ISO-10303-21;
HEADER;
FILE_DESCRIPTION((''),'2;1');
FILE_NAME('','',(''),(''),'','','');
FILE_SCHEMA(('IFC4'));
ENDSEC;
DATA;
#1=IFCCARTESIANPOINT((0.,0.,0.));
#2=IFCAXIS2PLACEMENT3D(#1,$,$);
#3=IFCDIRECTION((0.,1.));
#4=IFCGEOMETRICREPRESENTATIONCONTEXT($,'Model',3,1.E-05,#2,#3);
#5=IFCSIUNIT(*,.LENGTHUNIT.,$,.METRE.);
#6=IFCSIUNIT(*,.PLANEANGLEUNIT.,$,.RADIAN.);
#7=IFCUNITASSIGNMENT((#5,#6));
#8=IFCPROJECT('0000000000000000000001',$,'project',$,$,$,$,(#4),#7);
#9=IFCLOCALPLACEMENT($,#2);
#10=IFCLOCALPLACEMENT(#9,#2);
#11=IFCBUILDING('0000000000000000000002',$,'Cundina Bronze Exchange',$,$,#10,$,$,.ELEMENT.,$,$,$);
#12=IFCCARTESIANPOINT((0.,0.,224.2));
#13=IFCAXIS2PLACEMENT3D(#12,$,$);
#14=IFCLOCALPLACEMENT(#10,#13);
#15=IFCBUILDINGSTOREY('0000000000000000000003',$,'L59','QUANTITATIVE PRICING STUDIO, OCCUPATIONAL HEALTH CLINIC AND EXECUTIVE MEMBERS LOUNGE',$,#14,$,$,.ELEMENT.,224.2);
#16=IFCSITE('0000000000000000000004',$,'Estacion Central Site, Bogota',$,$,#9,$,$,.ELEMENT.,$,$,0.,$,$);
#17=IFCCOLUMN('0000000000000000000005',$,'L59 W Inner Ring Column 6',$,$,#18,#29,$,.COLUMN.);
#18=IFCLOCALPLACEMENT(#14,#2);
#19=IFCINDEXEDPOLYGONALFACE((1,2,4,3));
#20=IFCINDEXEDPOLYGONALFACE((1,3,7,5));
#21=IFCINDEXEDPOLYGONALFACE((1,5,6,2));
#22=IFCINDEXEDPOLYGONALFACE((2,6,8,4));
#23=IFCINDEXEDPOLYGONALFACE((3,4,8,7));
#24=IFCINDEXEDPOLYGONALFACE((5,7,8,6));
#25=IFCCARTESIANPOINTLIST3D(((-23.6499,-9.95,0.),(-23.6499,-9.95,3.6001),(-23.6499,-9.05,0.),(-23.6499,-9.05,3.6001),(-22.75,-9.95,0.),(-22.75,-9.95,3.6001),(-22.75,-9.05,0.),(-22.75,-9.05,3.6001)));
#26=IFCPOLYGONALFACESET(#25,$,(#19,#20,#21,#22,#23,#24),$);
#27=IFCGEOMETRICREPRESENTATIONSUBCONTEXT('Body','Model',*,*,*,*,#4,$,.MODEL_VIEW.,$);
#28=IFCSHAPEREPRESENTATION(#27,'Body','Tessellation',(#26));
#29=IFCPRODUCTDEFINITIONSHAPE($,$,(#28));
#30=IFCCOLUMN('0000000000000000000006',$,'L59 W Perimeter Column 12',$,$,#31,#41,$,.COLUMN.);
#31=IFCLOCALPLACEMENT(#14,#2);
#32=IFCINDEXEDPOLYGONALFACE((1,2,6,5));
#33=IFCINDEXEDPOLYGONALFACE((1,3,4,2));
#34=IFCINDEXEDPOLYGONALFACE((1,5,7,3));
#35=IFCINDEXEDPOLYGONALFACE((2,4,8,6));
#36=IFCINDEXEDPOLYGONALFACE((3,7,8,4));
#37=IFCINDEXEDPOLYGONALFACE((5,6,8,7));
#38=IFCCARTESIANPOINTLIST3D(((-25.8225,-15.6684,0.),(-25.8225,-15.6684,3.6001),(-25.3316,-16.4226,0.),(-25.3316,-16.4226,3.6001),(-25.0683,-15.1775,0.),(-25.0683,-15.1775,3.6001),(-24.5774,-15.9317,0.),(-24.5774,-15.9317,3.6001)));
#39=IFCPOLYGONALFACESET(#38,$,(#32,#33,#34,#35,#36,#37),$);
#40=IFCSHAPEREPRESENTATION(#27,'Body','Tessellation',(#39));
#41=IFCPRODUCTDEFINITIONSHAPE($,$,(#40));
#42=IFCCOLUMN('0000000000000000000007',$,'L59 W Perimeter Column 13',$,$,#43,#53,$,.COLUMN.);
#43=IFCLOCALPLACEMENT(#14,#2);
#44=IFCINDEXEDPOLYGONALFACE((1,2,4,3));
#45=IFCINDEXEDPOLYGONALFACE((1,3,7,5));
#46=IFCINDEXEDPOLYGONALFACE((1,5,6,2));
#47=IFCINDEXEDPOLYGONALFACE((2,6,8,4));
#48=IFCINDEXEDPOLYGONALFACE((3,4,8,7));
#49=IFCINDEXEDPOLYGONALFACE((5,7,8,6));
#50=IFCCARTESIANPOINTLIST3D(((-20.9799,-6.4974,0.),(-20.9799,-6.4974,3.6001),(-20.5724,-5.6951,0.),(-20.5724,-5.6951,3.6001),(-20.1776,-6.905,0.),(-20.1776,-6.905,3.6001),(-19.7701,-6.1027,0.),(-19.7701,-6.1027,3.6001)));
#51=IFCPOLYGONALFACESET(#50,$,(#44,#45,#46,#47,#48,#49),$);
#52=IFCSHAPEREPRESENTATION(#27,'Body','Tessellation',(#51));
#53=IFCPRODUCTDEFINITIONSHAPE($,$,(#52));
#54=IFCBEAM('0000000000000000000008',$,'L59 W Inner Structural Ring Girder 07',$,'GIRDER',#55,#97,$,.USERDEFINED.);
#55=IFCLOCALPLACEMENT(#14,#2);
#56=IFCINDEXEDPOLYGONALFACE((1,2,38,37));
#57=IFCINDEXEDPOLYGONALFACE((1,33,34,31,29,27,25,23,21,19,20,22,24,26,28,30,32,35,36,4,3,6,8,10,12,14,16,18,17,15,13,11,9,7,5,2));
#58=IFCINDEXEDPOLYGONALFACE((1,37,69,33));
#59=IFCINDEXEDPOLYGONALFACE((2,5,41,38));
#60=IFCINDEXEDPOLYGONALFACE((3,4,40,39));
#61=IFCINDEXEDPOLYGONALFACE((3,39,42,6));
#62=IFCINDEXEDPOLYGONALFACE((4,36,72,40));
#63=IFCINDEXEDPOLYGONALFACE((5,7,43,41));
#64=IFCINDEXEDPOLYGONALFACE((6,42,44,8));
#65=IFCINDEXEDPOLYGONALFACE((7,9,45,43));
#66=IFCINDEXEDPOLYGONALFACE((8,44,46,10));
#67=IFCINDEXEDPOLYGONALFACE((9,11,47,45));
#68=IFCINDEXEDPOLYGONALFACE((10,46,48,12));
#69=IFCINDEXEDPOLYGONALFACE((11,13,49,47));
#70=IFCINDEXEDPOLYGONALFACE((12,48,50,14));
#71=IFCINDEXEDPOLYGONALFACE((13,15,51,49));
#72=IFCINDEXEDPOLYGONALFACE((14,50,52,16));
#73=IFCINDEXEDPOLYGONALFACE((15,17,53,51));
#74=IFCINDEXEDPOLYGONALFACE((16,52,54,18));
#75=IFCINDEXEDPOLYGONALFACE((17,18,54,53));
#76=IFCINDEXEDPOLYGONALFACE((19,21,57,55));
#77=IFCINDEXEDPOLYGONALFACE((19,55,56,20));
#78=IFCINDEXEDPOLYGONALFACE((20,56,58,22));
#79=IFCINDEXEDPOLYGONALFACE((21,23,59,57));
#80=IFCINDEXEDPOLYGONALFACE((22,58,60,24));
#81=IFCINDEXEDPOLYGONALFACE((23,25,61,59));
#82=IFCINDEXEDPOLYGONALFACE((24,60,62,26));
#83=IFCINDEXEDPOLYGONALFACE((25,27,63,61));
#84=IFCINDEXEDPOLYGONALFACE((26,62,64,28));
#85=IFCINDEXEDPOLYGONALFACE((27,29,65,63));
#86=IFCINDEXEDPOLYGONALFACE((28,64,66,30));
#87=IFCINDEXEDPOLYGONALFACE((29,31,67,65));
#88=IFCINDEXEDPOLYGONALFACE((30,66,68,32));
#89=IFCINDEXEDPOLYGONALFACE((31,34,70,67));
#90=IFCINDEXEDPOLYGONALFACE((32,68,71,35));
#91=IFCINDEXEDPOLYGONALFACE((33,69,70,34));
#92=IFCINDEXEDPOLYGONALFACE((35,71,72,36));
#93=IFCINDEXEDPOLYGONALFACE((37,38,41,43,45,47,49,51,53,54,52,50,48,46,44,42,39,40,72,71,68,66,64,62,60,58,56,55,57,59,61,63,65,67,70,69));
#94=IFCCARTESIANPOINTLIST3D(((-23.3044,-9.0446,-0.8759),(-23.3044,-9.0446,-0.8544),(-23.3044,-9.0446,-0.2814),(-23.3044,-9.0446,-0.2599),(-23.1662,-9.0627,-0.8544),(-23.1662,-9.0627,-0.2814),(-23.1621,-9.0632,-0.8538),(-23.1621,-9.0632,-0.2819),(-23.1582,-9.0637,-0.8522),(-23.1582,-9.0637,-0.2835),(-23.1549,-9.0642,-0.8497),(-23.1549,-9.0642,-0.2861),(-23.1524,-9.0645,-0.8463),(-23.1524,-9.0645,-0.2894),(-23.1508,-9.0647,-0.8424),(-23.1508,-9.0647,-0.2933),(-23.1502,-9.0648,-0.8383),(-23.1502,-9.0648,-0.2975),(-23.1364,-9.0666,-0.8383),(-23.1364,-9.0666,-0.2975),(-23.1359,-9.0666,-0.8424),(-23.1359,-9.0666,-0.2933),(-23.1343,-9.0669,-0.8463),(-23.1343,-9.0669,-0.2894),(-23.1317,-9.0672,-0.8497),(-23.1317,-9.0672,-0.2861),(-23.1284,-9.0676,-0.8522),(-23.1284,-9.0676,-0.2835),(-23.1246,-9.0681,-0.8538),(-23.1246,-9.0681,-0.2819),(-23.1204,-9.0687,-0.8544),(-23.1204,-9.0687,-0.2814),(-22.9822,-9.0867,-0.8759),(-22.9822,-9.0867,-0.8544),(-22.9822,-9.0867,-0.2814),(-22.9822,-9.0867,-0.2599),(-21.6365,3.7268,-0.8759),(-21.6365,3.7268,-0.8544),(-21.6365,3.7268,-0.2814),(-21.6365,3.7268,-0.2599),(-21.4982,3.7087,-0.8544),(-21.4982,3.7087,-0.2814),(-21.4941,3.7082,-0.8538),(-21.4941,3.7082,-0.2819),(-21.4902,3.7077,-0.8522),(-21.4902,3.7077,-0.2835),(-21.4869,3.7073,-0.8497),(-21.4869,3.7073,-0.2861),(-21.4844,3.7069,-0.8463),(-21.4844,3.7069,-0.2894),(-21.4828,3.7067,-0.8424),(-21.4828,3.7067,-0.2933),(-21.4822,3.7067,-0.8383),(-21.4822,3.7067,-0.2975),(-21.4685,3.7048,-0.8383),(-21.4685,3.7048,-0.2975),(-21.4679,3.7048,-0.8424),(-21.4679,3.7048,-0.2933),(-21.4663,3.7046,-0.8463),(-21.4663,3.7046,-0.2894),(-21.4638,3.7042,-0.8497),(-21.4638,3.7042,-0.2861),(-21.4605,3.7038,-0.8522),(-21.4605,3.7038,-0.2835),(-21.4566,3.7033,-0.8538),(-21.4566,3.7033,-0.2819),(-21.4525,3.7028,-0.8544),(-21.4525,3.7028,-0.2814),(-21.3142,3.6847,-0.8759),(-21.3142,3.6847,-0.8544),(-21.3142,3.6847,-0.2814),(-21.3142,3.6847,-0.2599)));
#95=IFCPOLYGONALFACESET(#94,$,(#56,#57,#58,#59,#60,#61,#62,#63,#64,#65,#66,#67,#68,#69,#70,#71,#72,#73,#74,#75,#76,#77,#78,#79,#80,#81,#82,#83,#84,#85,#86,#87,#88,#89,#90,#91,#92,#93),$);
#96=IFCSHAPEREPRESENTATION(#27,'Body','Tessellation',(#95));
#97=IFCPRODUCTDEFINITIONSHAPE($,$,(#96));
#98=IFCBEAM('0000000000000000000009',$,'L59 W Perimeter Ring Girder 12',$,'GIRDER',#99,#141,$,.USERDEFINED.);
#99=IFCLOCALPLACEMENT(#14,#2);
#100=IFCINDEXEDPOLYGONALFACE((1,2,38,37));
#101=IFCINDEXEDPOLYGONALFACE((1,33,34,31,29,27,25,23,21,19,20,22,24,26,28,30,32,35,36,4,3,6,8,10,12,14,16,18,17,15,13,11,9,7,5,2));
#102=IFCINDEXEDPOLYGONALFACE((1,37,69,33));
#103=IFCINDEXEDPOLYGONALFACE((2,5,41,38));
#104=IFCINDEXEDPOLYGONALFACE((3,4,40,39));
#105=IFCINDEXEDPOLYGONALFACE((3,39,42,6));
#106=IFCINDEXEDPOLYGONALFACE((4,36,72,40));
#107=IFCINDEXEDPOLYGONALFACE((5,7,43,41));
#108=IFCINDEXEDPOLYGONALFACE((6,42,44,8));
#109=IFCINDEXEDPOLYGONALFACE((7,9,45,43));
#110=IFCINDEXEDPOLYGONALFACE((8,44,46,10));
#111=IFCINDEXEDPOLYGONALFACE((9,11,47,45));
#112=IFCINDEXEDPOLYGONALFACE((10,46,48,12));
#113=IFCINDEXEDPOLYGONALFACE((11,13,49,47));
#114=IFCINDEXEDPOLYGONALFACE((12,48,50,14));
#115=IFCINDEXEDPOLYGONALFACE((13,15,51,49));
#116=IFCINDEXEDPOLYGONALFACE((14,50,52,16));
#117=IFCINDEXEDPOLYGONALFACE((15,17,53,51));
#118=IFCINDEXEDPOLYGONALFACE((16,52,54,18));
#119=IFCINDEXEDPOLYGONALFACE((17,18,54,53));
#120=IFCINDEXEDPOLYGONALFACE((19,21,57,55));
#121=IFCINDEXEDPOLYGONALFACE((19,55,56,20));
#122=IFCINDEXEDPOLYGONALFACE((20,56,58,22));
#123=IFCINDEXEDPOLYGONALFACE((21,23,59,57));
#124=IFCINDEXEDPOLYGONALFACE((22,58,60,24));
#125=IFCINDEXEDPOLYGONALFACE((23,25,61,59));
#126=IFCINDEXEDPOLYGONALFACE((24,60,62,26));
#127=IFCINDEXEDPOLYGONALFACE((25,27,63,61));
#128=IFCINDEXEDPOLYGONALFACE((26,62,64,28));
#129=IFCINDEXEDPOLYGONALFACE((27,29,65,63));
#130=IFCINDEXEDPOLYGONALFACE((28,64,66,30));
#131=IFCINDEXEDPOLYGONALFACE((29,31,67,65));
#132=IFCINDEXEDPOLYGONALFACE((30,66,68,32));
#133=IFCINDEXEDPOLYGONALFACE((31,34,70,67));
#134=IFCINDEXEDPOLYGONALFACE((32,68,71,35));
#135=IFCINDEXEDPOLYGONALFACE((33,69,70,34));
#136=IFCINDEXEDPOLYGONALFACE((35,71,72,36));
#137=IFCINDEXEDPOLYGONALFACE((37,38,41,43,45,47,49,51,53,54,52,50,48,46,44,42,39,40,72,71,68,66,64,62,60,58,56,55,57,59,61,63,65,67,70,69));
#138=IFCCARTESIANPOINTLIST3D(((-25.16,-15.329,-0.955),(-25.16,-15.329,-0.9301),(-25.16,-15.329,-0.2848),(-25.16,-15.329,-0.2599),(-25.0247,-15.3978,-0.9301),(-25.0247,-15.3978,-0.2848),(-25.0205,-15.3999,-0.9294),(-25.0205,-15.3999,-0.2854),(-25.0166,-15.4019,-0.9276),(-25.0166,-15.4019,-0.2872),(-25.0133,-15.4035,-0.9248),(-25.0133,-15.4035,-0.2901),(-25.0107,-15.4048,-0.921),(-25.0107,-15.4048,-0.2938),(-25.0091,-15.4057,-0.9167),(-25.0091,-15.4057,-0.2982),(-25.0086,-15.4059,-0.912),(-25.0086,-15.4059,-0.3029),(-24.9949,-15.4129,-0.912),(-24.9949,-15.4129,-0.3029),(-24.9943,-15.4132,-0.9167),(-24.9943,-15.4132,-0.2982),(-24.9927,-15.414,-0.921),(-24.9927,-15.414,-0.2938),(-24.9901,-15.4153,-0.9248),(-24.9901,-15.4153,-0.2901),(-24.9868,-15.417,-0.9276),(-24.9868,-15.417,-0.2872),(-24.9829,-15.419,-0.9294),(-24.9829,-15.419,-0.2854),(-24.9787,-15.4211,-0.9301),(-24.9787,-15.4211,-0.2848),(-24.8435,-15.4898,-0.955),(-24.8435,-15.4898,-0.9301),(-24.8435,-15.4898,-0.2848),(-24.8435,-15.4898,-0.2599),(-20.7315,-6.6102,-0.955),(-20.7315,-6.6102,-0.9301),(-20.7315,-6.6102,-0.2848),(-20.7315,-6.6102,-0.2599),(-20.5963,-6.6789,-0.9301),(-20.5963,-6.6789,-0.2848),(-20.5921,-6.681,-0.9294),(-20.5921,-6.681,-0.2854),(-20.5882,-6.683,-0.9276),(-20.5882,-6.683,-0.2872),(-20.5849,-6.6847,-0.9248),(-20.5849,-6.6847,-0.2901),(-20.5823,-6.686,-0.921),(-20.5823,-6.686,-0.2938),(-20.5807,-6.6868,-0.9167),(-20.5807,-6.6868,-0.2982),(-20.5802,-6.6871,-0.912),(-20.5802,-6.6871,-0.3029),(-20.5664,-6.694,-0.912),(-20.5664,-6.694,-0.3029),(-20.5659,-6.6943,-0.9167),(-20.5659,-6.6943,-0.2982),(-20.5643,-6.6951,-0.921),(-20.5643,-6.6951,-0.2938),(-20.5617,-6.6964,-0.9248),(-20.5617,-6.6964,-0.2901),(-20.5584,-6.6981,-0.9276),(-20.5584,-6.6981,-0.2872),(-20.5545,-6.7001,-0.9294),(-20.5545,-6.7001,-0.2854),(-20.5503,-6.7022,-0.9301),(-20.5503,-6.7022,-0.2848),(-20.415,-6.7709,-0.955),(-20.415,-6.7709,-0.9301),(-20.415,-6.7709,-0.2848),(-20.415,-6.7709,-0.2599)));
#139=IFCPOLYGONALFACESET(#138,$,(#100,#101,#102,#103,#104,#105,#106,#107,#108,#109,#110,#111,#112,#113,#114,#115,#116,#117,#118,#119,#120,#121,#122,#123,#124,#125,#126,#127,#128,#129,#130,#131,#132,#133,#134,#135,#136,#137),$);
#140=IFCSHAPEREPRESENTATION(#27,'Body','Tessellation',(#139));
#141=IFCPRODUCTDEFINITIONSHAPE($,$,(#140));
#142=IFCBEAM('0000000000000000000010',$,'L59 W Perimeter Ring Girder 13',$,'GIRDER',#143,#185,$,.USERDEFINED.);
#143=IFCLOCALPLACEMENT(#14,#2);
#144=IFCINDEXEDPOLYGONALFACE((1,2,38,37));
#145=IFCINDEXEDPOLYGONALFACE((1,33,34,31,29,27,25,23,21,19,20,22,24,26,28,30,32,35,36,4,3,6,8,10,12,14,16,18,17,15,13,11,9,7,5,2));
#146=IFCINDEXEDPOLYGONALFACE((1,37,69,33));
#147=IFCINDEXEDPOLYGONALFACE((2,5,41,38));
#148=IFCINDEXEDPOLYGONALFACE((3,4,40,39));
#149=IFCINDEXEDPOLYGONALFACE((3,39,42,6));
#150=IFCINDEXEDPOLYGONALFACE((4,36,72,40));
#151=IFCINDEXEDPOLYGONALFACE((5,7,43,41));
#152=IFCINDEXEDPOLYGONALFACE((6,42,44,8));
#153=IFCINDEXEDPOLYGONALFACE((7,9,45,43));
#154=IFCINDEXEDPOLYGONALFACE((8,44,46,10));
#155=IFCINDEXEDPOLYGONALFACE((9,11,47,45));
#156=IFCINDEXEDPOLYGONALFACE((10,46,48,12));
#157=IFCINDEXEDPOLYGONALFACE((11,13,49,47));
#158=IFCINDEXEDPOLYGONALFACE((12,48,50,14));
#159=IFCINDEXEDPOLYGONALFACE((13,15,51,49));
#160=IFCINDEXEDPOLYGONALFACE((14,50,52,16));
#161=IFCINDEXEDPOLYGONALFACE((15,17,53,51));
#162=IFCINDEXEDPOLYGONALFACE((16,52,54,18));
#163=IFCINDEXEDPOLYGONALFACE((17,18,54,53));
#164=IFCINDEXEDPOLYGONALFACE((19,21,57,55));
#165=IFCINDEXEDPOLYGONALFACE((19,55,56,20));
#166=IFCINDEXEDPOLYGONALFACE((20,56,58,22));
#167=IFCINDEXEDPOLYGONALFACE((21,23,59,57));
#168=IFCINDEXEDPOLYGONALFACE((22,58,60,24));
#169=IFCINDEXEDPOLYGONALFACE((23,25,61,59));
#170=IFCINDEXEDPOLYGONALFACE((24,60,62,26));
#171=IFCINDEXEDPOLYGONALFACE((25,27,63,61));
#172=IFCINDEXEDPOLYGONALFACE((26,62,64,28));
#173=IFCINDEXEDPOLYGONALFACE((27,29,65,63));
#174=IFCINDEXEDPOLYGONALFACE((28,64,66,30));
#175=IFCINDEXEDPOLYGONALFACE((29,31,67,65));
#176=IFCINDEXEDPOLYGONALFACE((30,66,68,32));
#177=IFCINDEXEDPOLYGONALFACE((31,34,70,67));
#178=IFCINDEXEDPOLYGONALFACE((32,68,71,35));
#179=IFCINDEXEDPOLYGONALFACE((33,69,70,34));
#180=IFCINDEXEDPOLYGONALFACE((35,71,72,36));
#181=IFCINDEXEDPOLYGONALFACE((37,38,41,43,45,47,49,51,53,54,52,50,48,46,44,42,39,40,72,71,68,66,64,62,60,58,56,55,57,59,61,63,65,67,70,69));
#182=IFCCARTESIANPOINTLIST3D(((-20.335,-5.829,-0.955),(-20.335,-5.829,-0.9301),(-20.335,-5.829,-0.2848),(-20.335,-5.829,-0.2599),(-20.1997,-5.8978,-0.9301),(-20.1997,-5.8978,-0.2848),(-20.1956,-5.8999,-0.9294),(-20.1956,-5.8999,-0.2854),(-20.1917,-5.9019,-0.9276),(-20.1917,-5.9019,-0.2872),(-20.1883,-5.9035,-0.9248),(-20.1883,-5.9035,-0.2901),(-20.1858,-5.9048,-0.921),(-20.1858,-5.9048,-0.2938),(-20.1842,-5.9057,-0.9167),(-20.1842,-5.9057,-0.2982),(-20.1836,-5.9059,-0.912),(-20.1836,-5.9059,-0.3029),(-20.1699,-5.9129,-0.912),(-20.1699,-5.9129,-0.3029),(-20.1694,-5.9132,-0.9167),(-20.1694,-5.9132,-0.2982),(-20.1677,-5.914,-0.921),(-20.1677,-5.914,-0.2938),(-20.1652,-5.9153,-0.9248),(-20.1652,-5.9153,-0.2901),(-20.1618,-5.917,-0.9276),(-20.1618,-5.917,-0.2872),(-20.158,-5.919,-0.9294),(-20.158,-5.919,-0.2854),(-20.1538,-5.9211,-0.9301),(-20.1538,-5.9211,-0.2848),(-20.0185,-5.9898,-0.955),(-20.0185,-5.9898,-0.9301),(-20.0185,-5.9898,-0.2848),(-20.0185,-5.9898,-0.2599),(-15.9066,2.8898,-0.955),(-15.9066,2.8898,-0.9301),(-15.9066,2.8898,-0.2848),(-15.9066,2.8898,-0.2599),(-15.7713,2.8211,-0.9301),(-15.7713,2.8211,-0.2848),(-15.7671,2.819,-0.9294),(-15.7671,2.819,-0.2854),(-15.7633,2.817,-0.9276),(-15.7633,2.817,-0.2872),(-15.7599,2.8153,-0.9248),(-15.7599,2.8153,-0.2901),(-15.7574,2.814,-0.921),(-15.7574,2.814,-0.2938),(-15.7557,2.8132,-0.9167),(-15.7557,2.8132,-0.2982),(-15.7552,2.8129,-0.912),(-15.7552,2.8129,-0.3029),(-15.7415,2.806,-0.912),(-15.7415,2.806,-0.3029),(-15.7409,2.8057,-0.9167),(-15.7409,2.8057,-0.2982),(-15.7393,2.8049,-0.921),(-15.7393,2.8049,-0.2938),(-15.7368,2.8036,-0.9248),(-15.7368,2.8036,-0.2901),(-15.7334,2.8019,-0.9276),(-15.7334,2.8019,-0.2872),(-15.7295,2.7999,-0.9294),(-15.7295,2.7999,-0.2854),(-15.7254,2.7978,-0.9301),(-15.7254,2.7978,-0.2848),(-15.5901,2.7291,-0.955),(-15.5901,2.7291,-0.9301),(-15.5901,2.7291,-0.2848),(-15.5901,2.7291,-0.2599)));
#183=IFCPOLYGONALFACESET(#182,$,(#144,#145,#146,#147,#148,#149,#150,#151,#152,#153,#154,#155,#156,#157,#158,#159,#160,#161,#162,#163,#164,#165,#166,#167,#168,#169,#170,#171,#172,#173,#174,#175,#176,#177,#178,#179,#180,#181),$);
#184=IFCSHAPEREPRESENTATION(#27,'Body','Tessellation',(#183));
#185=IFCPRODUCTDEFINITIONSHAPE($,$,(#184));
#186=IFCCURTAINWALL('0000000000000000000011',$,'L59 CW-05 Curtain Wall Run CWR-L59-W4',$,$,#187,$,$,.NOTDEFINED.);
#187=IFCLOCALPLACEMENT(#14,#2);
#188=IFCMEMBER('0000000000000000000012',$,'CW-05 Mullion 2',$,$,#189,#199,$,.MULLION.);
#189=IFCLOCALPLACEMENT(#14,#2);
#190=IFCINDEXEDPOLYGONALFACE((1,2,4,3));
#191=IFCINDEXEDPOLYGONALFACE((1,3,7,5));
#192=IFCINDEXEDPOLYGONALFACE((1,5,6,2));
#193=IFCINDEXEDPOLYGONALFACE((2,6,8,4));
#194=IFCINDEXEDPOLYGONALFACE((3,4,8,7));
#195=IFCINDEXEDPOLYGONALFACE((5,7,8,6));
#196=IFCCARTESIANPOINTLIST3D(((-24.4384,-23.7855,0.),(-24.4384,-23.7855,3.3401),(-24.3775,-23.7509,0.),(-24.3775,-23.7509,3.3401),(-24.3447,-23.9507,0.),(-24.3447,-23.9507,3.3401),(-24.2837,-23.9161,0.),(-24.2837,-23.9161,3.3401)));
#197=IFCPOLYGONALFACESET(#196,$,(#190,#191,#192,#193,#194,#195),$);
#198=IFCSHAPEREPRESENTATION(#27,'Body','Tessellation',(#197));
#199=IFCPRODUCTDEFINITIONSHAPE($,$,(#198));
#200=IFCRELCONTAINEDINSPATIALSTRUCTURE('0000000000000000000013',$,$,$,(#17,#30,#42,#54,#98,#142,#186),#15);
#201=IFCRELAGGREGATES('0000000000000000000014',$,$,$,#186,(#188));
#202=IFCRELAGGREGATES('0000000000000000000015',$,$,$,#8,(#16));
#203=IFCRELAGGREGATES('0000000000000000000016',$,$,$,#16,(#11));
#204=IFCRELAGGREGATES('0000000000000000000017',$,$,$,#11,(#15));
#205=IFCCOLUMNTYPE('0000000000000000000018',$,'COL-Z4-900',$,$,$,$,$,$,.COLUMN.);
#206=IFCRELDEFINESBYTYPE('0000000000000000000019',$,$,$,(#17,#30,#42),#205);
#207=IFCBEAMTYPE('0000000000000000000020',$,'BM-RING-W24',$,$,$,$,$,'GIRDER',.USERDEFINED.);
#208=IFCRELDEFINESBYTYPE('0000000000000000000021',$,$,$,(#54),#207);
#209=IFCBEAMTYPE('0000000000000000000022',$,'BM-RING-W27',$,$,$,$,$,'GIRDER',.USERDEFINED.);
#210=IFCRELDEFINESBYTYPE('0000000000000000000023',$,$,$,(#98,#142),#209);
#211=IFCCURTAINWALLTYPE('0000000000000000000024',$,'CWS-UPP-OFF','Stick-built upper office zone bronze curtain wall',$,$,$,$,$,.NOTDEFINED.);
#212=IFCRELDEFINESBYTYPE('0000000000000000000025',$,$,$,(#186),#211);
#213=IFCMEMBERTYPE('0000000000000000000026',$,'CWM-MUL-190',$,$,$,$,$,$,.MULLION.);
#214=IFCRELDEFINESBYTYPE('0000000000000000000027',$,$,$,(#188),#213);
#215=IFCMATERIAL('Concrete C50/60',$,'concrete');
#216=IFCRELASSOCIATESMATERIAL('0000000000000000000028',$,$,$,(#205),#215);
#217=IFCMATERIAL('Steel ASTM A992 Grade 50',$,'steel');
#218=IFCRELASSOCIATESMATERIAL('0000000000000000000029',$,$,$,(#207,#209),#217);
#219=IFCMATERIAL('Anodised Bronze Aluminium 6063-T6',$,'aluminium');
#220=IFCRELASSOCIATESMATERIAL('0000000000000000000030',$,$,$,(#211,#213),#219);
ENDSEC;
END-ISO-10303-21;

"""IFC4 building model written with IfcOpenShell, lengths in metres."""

from ifc_helpers import new_model, si_unit, direction, frame, origin, origin_2d, place, context, subcontext, project, spatial, rectangle, i_section, extrude, material, material_profile, profile_set, type_object, element, aggregate, save


model = new_model("IFC4")

# Units and contexts
model_context = context("Model", 3, precision=1e-05, world=origin(), true_north=direction((0.0, 1.0)))
body_context = subcontext(model_context, "Body", "Model", "MODEL_VIEW")
ifc_project = project(units=[si_unit("LENGTHUNIT", "METRE"), si_unit("PLANEANGLEUNIT", "RADIAN")], contexts=[model_context])

# Site, building, storey
site_placement = place(None, origin())
site = spatial("IfcSite", under=ifc_project, at=site_placement, Name="Estacion Central Site, Bogota", CompositionType="ELEMENT", RefElevation=0.0)
building_placement = place(site_placement, origin())
building = spatial("IfcBuilding", under=site, at=building_placement, Name="Cundina Bronze Exchange", CompositionType="ELEMENT")
storey_placement = place(building_placement, frame((0.0, 0.0, 224.2)))
storey = spatial("IfcBuildingStorey", under=building, at=storey_placement, Name="L59", Description="QUANTITATIVE PRICING STUDIO, OCCUPATIONAL HEALTH CLINIC AND EXECUTIVE MEMBERS LOUNGE", CompositionType="ELEMENT", Elevation=224.2)

# Columns
ifc_material_1 = material(Name="Concrete C50/60", Category="concrete")
ifc_material_profile_1 = material_profile(ifc_material_1, rectangle(XDim=0.8999, YDim=0.8999, at=origin_2d()), Name="RC900X900", Category="concrete")
ifc_profile_set_1 = profile_set([ifc_material_profile_1], Name="Concrete C50/60")
column_type = type_object("IfcColumnType", Name="COL-Z4-900", PredefinedType="COLUMN", material=ifc_profile_set_1)
for number, where, z_axis, x_axis, name in (
    (1, (-23.2, -9.5, 0.0), (0.0, 0.0, 1.0), (1.0, 0.0, 0.0), "L59 W Inner Ring Column 6"),
    (2, (-25.2, -15.8, 0.0), (0.0, 0.0, 1.0), (0.8381, 0.545517, 0.0), "L59 W Perimeter Column 12"),
    (3, (-20.375, -6.3, 0.0), (0.0, 0.0, 1.0), (0.452902, 0.891561, 0.0), "L59 W Perimeter Column 13"),
):
    element("IfcColumn", number, at=place(storey_placement, frame(where, z_axis=z_axis, x_axis=x_axis)), inside=storey, type_object=column_type, Name=name, PredefinedType="COLUMN", context=body_context, shape_type="SweptSolid", body=[
        extrude(rectangle(XDim=0.8999, YDim=0.8999, at=origin_2d()), origin(), (0.0, 0.0, 1.0), 3.6001),
    ])

# Beams
ifc_material_2 = material(Name="Steel ASTM A992 Grade 50", Category="steel")
ifc_material_profile_2 = material_profile(ifc_material_2, i_section(OverallWidth=0.325, OverallDepth=0.616, WebThickness=0.0139, FlangeThickness=0.0215, FilletRadius=0.0161, at=origin_2d()), Name="W24X117", Category="steel")
ifc_profile_set_2 = profile_set([ifc_material_profile_2], Name="Steel ASTM A992 Grade 50")
beam_type_1 = type_object("IfcBeamType", Name="BM-RING-W24", ElementType="GIRDER", PredefinedType="USERDEFINED", material=ifc_profile_set_2)
beam_placement = place(storey_placement, frame((-23.1433, -9.0657, -0.5679), z_axis=(0.129501, 0.991579, 0.0), x_axis=(-0.991579, 0.129501, 0.0)))
element("IfcBeam", 4, at=beam_placement, inside=storey, type_object=beam_type_1, Name="L59 W Inner Structural Ring Girder 07", ObjectType="GIRDER", PredefinedType="USERDEFINED", context=body_context, shape_type="SweptSolid", body=[
    extrude(i_section(OverallWidth=0.325, OverallDepth=0.616, WebThickness=0.0139, FlangeThickness=0.0215, FilletRadius=0.0161, at=origin_2d()), origin(), (0.0, 0.0, 1.0), 12.8799),
])
ifc_material_profile_3 = material_profile(ifc_material_2, i_section(OverallWidth=0.355, OverallDepth=0.6951, WebThickness=0.0154, FlangeThickness=0.0249, FilletRadius=0.0181, at=origin_2d()), Name="W27X146", Category="steel")
ifc_profile_set_3 = profile_set([ifc_material_profile_3], Name="Steel ASTM A992 Grade 50")
beam_type_2 = type_object("IfcBeamType", Name="BM-RING-W27", ElementType="GIRDER", PredefinedType="USERDEFINED", material=ifc_profile_set_3)
for number, where, z_axis, x_axis, name in (
    (5, (-25.0017, -15.4094, -0.6074), (0.452847, 0.891588, 0.0), (-0.891588, 0.452847, 0.0), "L59 W Perimeter Ring Girder 12"),
    (6, (-20.1768, -5.9094, -0.6074), (0.452847, 0.891588, 0.0), (-0.891588, 0.452847, 0.0), "L59 W Perimeter Ring Girder 13"),
):
    element("IfcBeam", number, at=place(storey_placement, frame(where, z_axis=z_axis, x_axis=x_axis)), inside=storey, type_object=beam_type_2, Name=name, ObjectType="GIRDER", PredefinedType="USERDEFINED", context=body_context, shape_type="SweptSolid", body=[
        extrude(i_section(OverallWidth=0.355, OverallDepth=0.6951, WebThickness=0.0154, FlangeThickness=0.0249, FilletRadius=0.0181, at=origin_2d()), origin(), (0.0, 0.0, 1.0), 9.7791),
    ])

# Curtain wall, member
ifc_material_3 = material(Name="Anodised Bronze Aluminium 6063-T6", Category="aluminium")
curtain_wall_type = type_object("IfcCurtainWallType", Name="CWS-UPP-OFF", Description="Stick-built upper office zone bronze curtain wall", PredefinedType="NOTDEFINED", material=ifc_material_3)
curtain_wall_placement = place(storey_placement, origin())
curtain_wall = element("IfcCurtainWall", 7, at=curtain_wall_placement, inside=storey, type_object=curtain_wall_type, Name="L59 CW-05 Curtain Wall Run CWR-L59-W4", PredefinedType="NOTDEFINED")
ifc_material_profile_4 = material_profile(ifc_material_3, rectangle(XDim=0.0701, YDim=0.1899, at=origin_2d()), Name="AL70X190", Category="aluminium")
ifc_profile_set_4 = profile_set([ifc_material_profile_4], Name="Anodised Bronze Aluminium 6063-T6")
member_type_1 = type_object("IfcMemberType", Name="CWM-MUL-190", PredefinedType="MULLION", material=ifc_profile_set_4)
member_1_placement = place(storey_placement, frame((-24.3611, -23.8508, 0.0), z_axis=(0.0, 0.0, 1.0), x_axis=(0.869581, 0.49379, 0.0)))
member_1 = element("IfcMember", 8, at=member_1_placement, type_object=member_type_1, Name="CW-05 Mullion 2", PredefinedType="MULLION", context=body_context, shape_type="SweptSolid", body=[
    extrude(rectangle(XDim=0.0701, YDim=0.1899, at=origin_2d()), origin(), (0.0, 0.0, 1.0), 3.3401),
])
aggregate(curtain_wall, [member_1])

save(model, "model.ifc")
